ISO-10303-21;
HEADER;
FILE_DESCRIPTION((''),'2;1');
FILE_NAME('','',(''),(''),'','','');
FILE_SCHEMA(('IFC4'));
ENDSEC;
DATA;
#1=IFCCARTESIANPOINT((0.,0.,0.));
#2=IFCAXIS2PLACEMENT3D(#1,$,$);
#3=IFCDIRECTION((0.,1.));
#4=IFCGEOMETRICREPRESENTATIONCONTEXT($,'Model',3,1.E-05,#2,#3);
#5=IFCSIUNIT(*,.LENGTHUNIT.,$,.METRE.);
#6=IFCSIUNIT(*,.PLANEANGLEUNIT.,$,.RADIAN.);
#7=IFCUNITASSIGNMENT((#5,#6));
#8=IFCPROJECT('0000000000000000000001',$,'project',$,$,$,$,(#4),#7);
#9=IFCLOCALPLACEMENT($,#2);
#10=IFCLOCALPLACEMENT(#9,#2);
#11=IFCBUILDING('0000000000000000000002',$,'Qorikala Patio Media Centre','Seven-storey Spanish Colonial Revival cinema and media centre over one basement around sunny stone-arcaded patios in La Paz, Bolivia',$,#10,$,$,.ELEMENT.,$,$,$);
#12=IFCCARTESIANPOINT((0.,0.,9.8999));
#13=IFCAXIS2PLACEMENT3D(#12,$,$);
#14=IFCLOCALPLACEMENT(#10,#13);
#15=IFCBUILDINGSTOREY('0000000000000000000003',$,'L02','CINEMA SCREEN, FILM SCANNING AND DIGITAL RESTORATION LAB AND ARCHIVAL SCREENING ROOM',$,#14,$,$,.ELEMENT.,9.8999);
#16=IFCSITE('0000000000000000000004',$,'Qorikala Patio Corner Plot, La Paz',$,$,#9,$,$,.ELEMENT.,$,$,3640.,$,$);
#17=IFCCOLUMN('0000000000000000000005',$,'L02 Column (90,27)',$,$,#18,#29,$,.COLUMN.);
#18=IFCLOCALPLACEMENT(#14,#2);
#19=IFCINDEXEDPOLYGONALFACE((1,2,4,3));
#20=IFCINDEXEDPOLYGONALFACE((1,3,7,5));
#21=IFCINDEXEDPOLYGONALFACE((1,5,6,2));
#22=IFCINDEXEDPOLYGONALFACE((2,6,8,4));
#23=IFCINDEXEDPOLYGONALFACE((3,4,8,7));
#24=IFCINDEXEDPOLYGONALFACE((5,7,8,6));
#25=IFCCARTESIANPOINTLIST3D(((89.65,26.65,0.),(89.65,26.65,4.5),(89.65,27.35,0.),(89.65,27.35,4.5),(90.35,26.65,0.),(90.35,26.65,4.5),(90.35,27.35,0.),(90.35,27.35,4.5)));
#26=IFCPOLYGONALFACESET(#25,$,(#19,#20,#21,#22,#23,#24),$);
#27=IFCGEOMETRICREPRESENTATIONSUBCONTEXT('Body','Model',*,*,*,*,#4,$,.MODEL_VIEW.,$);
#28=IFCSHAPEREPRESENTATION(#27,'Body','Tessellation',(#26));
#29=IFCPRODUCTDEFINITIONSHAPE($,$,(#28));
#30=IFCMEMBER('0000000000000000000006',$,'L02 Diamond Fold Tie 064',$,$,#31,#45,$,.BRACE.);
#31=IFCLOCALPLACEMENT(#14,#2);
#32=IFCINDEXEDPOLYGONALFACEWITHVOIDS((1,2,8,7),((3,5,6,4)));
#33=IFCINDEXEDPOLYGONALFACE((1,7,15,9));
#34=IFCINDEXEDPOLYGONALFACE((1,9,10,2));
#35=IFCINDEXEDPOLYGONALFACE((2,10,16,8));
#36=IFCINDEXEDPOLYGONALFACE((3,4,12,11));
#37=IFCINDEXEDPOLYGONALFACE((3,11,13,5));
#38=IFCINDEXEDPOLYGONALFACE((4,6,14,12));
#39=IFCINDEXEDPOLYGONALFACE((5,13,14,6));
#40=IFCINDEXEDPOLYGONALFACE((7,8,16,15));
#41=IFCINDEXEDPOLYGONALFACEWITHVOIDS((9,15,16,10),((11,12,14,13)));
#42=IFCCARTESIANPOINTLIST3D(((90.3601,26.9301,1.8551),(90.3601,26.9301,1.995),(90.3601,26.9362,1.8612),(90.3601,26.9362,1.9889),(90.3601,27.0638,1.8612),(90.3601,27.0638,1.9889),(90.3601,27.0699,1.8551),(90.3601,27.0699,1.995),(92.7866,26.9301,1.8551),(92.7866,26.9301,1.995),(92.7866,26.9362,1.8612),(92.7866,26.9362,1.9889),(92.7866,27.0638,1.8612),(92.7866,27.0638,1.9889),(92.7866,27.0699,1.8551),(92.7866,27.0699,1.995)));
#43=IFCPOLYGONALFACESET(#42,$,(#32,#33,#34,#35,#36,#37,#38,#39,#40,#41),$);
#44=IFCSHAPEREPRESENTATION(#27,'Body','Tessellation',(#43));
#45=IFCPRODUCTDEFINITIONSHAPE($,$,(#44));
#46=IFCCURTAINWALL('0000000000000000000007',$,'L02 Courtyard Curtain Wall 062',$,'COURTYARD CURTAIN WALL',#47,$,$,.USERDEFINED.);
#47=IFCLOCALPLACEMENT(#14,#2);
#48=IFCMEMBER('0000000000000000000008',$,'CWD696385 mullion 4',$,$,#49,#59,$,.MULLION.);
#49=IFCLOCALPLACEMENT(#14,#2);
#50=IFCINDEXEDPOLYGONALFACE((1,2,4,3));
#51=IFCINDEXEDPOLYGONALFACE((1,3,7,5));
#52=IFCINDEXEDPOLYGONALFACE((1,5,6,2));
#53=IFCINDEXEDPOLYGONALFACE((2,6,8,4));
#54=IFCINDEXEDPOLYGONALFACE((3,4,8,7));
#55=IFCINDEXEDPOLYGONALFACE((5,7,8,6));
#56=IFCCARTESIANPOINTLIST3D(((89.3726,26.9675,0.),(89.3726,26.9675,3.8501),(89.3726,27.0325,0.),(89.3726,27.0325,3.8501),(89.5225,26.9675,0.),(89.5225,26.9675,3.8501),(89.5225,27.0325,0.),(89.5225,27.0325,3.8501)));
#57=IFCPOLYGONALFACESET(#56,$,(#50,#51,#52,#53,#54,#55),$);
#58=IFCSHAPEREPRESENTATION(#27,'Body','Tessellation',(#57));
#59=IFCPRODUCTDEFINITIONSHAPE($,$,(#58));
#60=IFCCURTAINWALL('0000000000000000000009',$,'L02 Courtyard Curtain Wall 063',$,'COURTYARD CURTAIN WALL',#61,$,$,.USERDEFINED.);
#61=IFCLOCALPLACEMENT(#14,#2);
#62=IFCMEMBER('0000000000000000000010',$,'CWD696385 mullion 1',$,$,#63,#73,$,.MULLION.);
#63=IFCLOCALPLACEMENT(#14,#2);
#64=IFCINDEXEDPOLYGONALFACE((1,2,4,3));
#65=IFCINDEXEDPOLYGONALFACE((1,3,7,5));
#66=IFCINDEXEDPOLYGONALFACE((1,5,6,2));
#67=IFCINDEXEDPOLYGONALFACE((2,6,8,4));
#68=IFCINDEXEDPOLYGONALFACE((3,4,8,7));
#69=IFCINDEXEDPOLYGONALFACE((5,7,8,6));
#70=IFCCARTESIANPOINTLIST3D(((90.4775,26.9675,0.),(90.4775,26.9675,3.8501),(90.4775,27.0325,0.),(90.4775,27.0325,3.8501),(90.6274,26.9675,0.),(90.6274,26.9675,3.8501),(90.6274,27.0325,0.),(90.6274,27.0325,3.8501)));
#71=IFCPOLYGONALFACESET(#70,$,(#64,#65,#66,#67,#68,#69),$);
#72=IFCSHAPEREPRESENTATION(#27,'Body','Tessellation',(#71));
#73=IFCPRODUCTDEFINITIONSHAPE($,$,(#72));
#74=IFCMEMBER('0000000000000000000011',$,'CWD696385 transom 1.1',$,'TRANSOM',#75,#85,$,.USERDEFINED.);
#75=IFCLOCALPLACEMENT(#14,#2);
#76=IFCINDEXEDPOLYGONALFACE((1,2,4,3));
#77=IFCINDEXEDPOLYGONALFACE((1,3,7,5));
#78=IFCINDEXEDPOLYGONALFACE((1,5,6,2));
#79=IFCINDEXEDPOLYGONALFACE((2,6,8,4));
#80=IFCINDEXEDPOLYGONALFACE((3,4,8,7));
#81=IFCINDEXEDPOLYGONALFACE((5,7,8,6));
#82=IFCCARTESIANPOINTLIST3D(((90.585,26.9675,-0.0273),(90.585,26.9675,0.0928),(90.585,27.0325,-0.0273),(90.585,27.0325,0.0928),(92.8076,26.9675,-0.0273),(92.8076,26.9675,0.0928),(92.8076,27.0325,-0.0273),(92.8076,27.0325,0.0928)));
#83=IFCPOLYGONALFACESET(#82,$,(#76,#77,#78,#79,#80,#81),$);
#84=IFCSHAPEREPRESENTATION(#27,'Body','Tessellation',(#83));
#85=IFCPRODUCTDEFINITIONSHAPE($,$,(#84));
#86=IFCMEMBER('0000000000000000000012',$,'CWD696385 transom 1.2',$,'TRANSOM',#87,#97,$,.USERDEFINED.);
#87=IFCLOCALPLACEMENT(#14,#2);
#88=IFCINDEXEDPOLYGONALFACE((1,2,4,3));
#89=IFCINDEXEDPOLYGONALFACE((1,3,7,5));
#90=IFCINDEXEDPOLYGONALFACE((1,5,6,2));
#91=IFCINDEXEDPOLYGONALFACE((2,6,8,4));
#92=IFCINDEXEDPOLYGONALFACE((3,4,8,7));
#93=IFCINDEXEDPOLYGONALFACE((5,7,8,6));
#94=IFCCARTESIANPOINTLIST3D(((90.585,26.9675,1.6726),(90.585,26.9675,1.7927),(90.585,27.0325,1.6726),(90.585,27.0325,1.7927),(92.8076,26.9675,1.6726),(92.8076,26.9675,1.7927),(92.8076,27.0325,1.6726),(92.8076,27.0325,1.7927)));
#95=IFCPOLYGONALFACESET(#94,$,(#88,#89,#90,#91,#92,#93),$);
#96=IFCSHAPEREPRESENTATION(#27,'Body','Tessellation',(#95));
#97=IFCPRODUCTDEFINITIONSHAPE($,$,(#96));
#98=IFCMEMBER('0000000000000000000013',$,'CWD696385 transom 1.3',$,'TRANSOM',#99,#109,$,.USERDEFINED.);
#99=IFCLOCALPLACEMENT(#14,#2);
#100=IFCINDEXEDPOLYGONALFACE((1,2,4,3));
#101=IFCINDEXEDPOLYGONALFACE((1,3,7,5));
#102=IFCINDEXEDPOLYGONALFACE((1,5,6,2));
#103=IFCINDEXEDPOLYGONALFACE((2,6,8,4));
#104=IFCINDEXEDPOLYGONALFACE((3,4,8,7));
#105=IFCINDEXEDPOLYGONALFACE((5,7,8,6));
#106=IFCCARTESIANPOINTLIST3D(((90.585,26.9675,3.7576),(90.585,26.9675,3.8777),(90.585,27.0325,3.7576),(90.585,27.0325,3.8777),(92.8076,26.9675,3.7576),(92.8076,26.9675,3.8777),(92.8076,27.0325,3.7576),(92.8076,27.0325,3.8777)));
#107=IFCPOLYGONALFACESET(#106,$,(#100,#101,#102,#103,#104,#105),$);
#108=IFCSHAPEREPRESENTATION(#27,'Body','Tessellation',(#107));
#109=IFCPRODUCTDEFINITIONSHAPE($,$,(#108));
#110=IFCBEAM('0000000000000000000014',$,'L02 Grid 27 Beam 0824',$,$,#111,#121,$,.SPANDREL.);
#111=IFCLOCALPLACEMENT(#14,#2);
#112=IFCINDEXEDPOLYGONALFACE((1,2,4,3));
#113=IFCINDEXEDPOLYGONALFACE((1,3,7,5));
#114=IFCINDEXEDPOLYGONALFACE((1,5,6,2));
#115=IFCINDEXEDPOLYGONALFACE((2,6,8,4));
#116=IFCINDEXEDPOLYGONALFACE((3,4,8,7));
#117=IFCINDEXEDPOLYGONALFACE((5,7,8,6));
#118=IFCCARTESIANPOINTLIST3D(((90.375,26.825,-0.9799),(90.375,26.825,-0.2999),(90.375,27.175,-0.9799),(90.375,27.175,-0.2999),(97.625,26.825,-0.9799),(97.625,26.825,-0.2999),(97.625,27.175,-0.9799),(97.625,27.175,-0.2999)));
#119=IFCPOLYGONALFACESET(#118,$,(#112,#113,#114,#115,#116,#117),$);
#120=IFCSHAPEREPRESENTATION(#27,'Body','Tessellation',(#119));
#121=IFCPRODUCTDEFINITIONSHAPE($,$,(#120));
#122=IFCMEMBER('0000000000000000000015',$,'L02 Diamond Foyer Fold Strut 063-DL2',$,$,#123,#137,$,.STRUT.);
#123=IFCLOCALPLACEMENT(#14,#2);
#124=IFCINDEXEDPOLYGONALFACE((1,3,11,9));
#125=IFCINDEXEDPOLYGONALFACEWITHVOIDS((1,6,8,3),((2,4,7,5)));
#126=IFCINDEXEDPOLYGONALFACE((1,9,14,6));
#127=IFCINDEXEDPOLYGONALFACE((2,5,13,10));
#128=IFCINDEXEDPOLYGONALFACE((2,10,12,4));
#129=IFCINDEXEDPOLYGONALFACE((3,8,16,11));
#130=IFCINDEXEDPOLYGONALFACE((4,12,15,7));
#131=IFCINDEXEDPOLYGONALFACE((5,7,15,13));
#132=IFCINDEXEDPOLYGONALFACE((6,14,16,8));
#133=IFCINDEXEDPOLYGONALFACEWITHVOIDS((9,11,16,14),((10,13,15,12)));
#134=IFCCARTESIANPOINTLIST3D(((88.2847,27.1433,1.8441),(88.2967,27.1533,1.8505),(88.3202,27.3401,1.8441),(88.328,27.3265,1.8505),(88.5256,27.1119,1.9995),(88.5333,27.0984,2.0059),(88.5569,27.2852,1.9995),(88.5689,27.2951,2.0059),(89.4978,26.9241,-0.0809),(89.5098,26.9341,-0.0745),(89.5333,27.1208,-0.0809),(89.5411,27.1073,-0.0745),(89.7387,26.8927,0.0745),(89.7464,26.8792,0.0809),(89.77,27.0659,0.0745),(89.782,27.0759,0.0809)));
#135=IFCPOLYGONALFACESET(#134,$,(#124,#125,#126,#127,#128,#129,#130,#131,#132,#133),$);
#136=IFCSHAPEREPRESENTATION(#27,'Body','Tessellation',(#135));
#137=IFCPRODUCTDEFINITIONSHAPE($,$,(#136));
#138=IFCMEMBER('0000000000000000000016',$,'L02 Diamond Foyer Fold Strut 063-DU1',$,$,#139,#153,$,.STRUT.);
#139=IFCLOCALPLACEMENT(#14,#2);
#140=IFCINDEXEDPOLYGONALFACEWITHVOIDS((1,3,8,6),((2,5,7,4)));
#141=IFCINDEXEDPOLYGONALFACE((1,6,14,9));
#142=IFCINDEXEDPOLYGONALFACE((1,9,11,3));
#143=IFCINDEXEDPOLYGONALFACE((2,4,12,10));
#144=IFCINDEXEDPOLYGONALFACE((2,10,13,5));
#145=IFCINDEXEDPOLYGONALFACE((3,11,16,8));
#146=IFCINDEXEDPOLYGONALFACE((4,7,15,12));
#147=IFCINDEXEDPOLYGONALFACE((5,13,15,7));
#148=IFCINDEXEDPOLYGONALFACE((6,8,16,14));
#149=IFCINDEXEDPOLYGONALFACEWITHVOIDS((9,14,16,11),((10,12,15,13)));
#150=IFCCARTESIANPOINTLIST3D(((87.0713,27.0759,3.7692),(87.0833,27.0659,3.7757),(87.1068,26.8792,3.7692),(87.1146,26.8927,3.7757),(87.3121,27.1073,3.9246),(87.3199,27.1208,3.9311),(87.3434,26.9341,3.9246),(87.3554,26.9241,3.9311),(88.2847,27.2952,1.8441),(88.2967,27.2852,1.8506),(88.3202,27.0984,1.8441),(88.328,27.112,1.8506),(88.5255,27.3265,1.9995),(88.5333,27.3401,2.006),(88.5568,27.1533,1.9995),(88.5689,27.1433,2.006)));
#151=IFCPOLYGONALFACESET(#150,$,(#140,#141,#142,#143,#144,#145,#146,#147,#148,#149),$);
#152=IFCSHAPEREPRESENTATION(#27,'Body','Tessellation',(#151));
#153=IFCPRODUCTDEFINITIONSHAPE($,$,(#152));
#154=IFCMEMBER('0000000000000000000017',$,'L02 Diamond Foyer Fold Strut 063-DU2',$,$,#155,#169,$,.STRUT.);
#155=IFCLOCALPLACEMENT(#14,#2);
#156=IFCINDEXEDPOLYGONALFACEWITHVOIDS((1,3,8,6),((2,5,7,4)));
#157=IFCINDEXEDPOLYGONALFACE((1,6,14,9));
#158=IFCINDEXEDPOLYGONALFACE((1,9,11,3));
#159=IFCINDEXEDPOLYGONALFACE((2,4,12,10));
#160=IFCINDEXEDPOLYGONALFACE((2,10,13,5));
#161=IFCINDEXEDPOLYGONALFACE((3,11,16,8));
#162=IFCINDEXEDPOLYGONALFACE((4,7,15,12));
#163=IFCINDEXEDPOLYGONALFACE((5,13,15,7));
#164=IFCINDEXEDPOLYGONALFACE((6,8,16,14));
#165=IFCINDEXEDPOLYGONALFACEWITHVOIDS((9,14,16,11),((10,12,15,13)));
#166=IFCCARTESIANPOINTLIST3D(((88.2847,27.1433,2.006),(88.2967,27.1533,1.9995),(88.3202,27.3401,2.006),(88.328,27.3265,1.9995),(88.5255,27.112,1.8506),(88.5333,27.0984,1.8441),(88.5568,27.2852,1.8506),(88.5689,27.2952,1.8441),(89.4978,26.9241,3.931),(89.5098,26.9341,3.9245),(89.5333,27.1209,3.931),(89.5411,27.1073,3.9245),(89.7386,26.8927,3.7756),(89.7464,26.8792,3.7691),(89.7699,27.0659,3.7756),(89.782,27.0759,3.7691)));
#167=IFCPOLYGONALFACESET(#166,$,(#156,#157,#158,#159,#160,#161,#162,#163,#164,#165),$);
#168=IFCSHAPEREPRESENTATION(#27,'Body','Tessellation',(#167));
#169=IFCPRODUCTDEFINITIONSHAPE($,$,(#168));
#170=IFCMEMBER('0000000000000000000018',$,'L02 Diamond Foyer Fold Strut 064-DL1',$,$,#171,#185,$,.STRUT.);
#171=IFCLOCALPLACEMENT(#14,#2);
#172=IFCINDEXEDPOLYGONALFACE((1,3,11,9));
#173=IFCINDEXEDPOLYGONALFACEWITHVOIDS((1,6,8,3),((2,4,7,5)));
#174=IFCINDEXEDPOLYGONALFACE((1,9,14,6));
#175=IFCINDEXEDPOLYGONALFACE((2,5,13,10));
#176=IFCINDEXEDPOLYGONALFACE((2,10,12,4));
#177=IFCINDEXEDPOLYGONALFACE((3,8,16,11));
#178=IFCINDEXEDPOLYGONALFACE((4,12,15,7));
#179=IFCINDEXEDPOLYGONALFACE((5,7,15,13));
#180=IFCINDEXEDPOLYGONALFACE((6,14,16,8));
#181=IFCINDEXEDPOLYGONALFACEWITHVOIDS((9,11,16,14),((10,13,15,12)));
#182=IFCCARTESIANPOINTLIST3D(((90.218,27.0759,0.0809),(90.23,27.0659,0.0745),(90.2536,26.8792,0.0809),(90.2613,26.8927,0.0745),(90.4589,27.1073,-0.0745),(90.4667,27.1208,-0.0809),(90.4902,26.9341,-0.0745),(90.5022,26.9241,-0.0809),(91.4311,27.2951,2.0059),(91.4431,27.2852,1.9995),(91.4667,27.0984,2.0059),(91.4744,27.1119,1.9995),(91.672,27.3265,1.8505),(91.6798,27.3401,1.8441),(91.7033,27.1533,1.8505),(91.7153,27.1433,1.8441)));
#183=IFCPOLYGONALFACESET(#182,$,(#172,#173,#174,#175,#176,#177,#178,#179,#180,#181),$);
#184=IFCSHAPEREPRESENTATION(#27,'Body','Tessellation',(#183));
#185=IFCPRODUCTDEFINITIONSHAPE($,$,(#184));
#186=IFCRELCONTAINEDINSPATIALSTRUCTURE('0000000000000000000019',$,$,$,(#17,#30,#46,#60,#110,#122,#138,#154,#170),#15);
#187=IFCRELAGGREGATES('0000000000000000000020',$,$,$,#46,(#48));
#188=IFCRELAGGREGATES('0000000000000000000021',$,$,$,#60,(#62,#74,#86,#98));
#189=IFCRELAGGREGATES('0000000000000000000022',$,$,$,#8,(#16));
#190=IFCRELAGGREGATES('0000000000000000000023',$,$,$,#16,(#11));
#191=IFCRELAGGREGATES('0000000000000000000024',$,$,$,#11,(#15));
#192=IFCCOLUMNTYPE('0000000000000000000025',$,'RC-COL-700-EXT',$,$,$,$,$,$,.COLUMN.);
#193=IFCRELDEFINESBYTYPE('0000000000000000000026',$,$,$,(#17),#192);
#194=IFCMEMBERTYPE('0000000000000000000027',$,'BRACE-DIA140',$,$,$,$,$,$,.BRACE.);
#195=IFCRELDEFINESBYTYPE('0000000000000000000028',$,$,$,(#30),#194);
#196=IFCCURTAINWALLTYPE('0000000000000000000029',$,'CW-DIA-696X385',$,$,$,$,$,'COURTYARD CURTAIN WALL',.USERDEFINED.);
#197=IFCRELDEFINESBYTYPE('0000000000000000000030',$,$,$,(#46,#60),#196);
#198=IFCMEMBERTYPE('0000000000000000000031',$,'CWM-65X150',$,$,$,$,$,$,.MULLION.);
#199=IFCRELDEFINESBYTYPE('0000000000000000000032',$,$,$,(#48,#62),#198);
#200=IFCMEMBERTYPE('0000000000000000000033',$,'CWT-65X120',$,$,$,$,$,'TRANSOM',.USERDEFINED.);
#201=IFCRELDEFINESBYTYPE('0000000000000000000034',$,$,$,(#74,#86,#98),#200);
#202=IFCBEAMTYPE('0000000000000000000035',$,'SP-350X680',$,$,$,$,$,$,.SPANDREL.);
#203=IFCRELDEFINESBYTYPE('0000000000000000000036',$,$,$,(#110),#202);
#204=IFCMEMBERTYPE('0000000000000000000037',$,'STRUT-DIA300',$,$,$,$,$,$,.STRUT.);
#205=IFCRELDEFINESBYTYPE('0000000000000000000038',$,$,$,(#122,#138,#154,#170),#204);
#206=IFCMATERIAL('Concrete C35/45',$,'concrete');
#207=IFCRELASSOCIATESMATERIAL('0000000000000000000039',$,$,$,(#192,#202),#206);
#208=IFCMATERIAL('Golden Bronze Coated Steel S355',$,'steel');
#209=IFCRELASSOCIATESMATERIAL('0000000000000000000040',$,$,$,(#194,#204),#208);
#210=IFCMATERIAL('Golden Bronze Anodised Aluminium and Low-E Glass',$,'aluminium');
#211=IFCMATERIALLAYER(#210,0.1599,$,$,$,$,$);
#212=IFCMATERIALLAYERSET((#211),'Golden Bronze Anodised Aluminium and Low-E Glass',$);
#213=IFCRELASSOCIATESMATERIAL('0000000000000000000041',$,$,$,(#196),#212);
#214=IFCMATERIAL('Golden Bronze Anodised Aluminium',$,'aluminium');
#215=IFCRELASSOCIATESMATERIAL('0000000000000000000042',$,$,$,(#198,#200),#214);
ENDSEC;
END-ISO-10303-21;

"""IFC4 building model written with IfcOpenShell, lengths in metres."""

from ifc_helpers import new_model, si_unit, direction, frame, origin, origin_2d, place, context, subcontext, project, spatial, rectangle, hollow_rectangle, extrude, material, layer, layer_set, material_profile, profile_set, type_object, element, aggregate, save


model = new_model("IFC4")

# Units and contexts
model_context = context("Model", 3, precision=1e-05, world=origin(), true_north=direction((0.0, 1.0)))
body_context = subcontext(model_context, "Body", "Model", "MODEL_VIEW")
ifc_project = project(units=[si_unit("LENGTHUNIT", "METRE"), si_unit("PLANEANGLEUNIT", "RADIAN")], contexts=[model_context])

# Site, building, storey
site_placement = place(None, origin())
site = spatial("IfcSite", under=ifc_project, at=site_placement, Name="Qorikala Patio Corner Plot, La Paz", CompositionType="ELEMENT", RefElevation=3640.0)
building_placement = place(site_placement, origin())
building = spatial("IfcBuilding", under=site, at=building_placement, Name="Qorikala Patio Media Centre", Description="Seven-storey Spanish Colonial Revival cinema and media centre over one basement around sunny stone-arcaded patios in La Paz, Bolivia", CompositionType="ELEMENT")
storey_placement = place(building_placement, frame((0.0, 0.0, 9.8999)))
storey = spatial("IfcBuildingStorey", under=building, at=storey_placement, Name="L02", Description="CINEMA SCREEN, FILM SCANNING AND DIGITAL RESTORATION LAB AND ARCHIVAL SCREENING ROOM", CompositionType="ELEMENT", Elevation=9.8999)

# Column
ifc_material_1 = material(Name="Concrete C35/45", Category="concrete")
ifc_material_profile_1 = material_profile(ifc_material_1, rectangle(XDim=0.7, YDim=0.7, at=origin_2d()), Name="RC 700x700")
ifc_profile_set_1 = profile_set([ifc_material_profile_1], Name="Concrete C35/45")
column_type = type_object("IfcColumnType", Name="RC-COL-700-EXT", PredefinedType="COLUMN", material=ifc_profile_set_1)
column_placement = place(storey_placement, frame((90.0, 27.0, 0.0), z_axis=(0.0, 0.0, 1.0), x_axis=(1.0, 0.0, 0.0)))
element("IfcColumn", 1, at=column_placement, inside=storey, type_object=column_type, Name="L02 Column (90,27)", PredefinedType="COLUMN", context=body_context, shape_type="SweptSolid", body=[
    extrude(rectangle(XDim=0.7, YDim=0.7, at=origin_2d()), origin(), (0.0, 0.0, 1.0), 4.5),
])

# Member
ifc_material_2 = material(Name="Golden Bronze Coated Steel S355", Category="steel")
ifc_material_profile_2 = material_profile(ifc_material_2, hollow_rectangle(XDim=0.1399, YDim=0.1399, WallThickness=0.0061, at=origin_2d()), Name="HSS140X140X6")
ifc_profile_set_2 = profile_set([ifc_material_profile_2], Name="Golden Bronze Coated Steel S355")
member_type_1 = type_object("IfcMemberType", Name="BRACE-DIA140", PredefinedType="BRACE", material=ifc_profile_set_2)
member_1_placement = place(storey_placement, frame((90.3601, 27.0, 1.925), z_axis=(1.0, 0.0, 0.0), x_axis=(0.0, 1.0, 0.0)))
element("IfcMember", 2, at=member_1_placement, inside=storey, type_object=member_type_1, Name="L02 Diamond Fold Tie 064", PredefinedType="BRACE", context=body_context, shape_type="SweptSolid", body=[
    extrude(hollow_rectangle(XDim=0.1399, YDim=0.1399, WallThickness=0.0061, at=origin_2d()), origin(), (0.0, 0.0, 1.0), 2.4265),
])

# Curtain wall, member
ifc_material_3 = material(Name="Golden Bronze Anodised Aluminium and Low-E Glass", Category="aluminium")
ifc_layer_1 = layer(ifc_material_3, 0.1599)
ifc_layer_set_1 = layer_set([ifc_layer_1], Name="Golden Bronze Anodised Aluminium and Low-E Glass")
curtain_wall_type = type_object("IfcCurtainWallType", Name="CW-DIA-696X385", ElementType="COURTYARD CURTAIN WALL", PredefinedType="USERDEFINED", material=ifc_layer_set_1)
curtain_wall_1_placement = place(storey_placement, origin())
curtain_wall_1 = element("IfcCurtainWall", 3, at=curtain_wall_1_placement, inside=storey, type_object=curtain_wall_type, Name="L02 Courtyard Curtain Wall 062", ObjectType="COURTYARD CURTAIN WALL", PredefinedType="USERDEFINED")
ifc_material_4 = material(Name="Golden Bronze Anodised Aluminium", Category="aluminium")
ifc_material_profile_3 = material_profile(ifc_material_4, rectangle(XDim=0.0649, YDim=0.1499, at=origin_2d()), Name="ALU MULLION 65x150")
ifc_profile_set_3 = profile_set([ifc_material_profile_3], Name="Golden Bronze Anodised Aluminium")
member_type_2 = type_object("IfcMemberType", Name="CWM-65X150", PredefinedType="MULLION", material=ifc_profile_set_3)
member_2_placement = place(storey_placement, frame((89.4475, 27.0, 0.0), z_axis=(0.0, 0.0, 1.0), x_axis=(0.0, 1.0, 0.0)))
member_2 = element("IfcMember", 4, at=member_2_placement, type_object=member_type_2, Name="CWD696385 mullion 4", PredefinedType="MULLION", context=body_context, shape_type="SweptSolid", body=[
    extrude(rectangle(XDim=0.0649, YDim=0.1499, at=origin_2d()), origin(), (0.0, 0.0, 1.0), 3.8501),
])
aggregate(curtain_wall_1, [member_2])

# Curtain wall, members
curtain_wall_2_placement = place(storey_placement, origin())
curtain_wall_2 = element("IfcCurtainWall", 5, at=curtain_wall_2_placement, inside=storey, type_object=curtain_wall_type, Name="L02 Courtyard Curtain Wall 063", ObjectType="COURTYARD CURTAIN WALL", PredefinedType="USERDEFINED")
member_3_placement = place(storey_placement, frame((90.5525, 27.0, 0.0), z_axis=(0.0, 0.0, 1.0), x_axis=(0.0, 1.0, 0.0)))
member_3 = element("IfcMember", 6, at=member_3_placement, type_object=member_type_2, Name="CWD696385 mullion 1", PredefinedType="MULLION", context=body_context, shape_type="SweptSolid", body=[
    extrude(rectangle(XDim=0.0649, YDim=0.1499, at=origin_2d()), origin(), (0.0, 0.0, 1.0), 3.8501),
])
ifc_material_profile_4 = material_profile(ifc_material_4, rectangle(XDim=0.0649, YDim=0.1201, at=origin_2d()), Name="ALU TRANSOM 65x120")
ifc_profile_set_4 = profile_set([ifc_material_profile_4], Name="Golden Bronze Anodised Aluminium")
member_type_3 = type_object("IfcMemberType", Name="CWT-65X120", ElementType="TRANSOM", PredefinedType="USERDEFINED", material=ifc_profile_set_4)
member_4_placement = place(storey_placement, frame((90.585, 27.0, 0.0327), z_axis=(1.0, 0.0, 0.0), x_axis=(0.0, 1.0, 0.0)))
member_4 = element("IfcMember", 7, at=member_4_placement, type_object=member_type_3, Name="CWD696385 transom 1.1", ObjectType="TRANSOM", PredefinedType="USERDEFINED", context=body_context, shape_type="SweptSolid", body=[
    extrude(rectangle(XDim=0.0649, YDim=0.1201, at=origin_2d()), origin(), (0.0, 0.0, 1.0), 2.2227),
])
member_5_placement = place(storey_placement, frame((90.585, 27.0, 1.7327), z_axis=(1.0, 0.0, 0.0), x_axis=(0.0, 1.0, 0.0)))
member_5 = element("IfcMember", 8, at=member_5_placement, type_object=member_type_3, Name="CWD696385 transom 1.2", ObjectType="TRANSOM", PredefinedType="USERDEFINED", context=body_context, shape_type="SweptSolid", body=[
    extrude(rectangle(XDim=0.0649, YDim=0.1201, at=origin_2d()), origin(), (0.0, 0.0, 1.0), 2.2227),
])
member_6_placement = place(storey_placement, frame((90.585, 27.0, 3.8176), z_axis=(1.0, 0.0, 0.0), x_axis=(0.0, 1.0, 0.0)))
member_6 = element("IfcMember", 9, at=member_6_placement, type_object=member_type_3, Name="CWD696385 transom 1.3", ObjectType="TRANSOM", PredefinedType="USERDEFINED", context=body_context, shape_type="SweptSolid", body=[
    extrude(rectangle(XDim=0.0649, YDim=0.1201, at=origin_2d()), origin(), (0.0, 0.0, 1.0), 2.2227),
])

# Beam
ifc_material_profile_5 = material_profile(ifc_material_1, rectangle(XDim=0.3501, YDim=0.6799, at=origin_2d()), Name="RC 350x680")
ifc_profile_set_5 = profile_set([ifc_material_profile_5], Name="Concrete C35/45")
beam_type = type_object("IfcBeamType", Name="SP-350X680", PredefinedType="SPANDREL", material=ifc_profile_set_5)
beam_placement = place(storey_placement, frame((90.375, 27.0, -0.6399), z_axis=(1.0, 0.0, 0.0), x_axis=(0.0, 1.0, 0.0)))
element("IfcBeam", 10, at=beam_placement, inside=storey, type_object=beam_type, Name="L02 Grid 27 Beam 0824", PredefinedType="SPANDREL", context=body_context, shape_type="SweptSolid", body=[
    extrude(rectangle(XDim=0.3501, YDim=0.6799, at=origin_2d()), origin(), (0.0, 0.0, 1.0), 7.25),
])

# Members
ifc_material_profile_6 = material_profile(ifc_material_2, hollow_rectangle(XDim=0.2, YDim=0.3, WallThickness=0.012, at=origin_2d()), Name="HSS300X200X12")
ifc_profile_set_6 = profile_set([ifc_material_profile_6], Name="Golden Bronze Coated Steel S355")
member_type_4 = type_object("IfcMemberType", Name="STRUT-DIA300", PredefinedType="STRUT", material=ifc_profile_set_6)
member_7_placement = place(storey_placement, frame((89.6399, 27.0, 0.0), z_axis=(-0.530691, 0.095907, 0.842121), x_axis=(-0.17784, -0.984059, 0.0)))
element("IfcMember", 11, at=member_7_placement, inside=storey, type_object=member_type_4, Name="L02 Diamond Foyer Fold Strut 063-DL2", PredefinedType="STRUT", context=body_context, shape_type="SweptSolid", body=[
    extrude(hollow_rectangle(XDim=0.2, YDim=0.3, WallThickness=0.012, at=origin_2d()), origin(), (0.0, 0.0, 1.0), 2.2859),
])
member_8_placement = place(storey_placement, frame((88.4268, 27.2192, 1.925), z_axis=(-0.530768, -0.095901, 0.842074), x_axis=(0.177805, -0.984066, 0.0)))
element("IfcMember", 12, at=member_8_placement, inside=storey, type_object=member_type_4, Name="L02 Diamond Foyer Fold Strut 063-DU1", PredefinedType="STRUT", context=body_context, shape_type="SweptSolid", body=[
    extrude(hollow_rectangle(XDim=0.2, YDim=0.3, WallThickness=0.012, at=origin_2d()), origin(), (0.0, 0.0, 1.0), 2.2861),
])
for number, where, z_axis, x_axis, name in (
    (13, (88.4268, 27.2192, 1.925), (0.530691, -0.095907, 0.842121), (0.17784, 0.984059, 0.0), "L02 Diamond Foyer Fold Strut 063-DU2"),
    (14, (90.3601, 27.0, 0.0), (0.530691, 0.095907, 0.842121), (-0.17784, 0.984059, 0.0), "L02 Diamond Foyer Fold Strut 064-DL1"),
):
    element("IfcMember", number, at=place(storey_placement, frame(where, z_axis=z_axis, x_axis=x_axis)), inside=storey, type_object=member_type_4, Name=name, PredefinedType="STRUT", context=body_context, shape_type="SweptSolid", body=[
        extrude(hollow_rectangle(XDim=0.2, YDim=0.3, WallThickness=0.012, at=origin_2d()), origin(), (0.0, 0.0, 1.0), 2.2859),
    ])

aggregate(curtain_wall_2, [member_3, member_4, member_5, member_6])

save(model, "model.ifc")
